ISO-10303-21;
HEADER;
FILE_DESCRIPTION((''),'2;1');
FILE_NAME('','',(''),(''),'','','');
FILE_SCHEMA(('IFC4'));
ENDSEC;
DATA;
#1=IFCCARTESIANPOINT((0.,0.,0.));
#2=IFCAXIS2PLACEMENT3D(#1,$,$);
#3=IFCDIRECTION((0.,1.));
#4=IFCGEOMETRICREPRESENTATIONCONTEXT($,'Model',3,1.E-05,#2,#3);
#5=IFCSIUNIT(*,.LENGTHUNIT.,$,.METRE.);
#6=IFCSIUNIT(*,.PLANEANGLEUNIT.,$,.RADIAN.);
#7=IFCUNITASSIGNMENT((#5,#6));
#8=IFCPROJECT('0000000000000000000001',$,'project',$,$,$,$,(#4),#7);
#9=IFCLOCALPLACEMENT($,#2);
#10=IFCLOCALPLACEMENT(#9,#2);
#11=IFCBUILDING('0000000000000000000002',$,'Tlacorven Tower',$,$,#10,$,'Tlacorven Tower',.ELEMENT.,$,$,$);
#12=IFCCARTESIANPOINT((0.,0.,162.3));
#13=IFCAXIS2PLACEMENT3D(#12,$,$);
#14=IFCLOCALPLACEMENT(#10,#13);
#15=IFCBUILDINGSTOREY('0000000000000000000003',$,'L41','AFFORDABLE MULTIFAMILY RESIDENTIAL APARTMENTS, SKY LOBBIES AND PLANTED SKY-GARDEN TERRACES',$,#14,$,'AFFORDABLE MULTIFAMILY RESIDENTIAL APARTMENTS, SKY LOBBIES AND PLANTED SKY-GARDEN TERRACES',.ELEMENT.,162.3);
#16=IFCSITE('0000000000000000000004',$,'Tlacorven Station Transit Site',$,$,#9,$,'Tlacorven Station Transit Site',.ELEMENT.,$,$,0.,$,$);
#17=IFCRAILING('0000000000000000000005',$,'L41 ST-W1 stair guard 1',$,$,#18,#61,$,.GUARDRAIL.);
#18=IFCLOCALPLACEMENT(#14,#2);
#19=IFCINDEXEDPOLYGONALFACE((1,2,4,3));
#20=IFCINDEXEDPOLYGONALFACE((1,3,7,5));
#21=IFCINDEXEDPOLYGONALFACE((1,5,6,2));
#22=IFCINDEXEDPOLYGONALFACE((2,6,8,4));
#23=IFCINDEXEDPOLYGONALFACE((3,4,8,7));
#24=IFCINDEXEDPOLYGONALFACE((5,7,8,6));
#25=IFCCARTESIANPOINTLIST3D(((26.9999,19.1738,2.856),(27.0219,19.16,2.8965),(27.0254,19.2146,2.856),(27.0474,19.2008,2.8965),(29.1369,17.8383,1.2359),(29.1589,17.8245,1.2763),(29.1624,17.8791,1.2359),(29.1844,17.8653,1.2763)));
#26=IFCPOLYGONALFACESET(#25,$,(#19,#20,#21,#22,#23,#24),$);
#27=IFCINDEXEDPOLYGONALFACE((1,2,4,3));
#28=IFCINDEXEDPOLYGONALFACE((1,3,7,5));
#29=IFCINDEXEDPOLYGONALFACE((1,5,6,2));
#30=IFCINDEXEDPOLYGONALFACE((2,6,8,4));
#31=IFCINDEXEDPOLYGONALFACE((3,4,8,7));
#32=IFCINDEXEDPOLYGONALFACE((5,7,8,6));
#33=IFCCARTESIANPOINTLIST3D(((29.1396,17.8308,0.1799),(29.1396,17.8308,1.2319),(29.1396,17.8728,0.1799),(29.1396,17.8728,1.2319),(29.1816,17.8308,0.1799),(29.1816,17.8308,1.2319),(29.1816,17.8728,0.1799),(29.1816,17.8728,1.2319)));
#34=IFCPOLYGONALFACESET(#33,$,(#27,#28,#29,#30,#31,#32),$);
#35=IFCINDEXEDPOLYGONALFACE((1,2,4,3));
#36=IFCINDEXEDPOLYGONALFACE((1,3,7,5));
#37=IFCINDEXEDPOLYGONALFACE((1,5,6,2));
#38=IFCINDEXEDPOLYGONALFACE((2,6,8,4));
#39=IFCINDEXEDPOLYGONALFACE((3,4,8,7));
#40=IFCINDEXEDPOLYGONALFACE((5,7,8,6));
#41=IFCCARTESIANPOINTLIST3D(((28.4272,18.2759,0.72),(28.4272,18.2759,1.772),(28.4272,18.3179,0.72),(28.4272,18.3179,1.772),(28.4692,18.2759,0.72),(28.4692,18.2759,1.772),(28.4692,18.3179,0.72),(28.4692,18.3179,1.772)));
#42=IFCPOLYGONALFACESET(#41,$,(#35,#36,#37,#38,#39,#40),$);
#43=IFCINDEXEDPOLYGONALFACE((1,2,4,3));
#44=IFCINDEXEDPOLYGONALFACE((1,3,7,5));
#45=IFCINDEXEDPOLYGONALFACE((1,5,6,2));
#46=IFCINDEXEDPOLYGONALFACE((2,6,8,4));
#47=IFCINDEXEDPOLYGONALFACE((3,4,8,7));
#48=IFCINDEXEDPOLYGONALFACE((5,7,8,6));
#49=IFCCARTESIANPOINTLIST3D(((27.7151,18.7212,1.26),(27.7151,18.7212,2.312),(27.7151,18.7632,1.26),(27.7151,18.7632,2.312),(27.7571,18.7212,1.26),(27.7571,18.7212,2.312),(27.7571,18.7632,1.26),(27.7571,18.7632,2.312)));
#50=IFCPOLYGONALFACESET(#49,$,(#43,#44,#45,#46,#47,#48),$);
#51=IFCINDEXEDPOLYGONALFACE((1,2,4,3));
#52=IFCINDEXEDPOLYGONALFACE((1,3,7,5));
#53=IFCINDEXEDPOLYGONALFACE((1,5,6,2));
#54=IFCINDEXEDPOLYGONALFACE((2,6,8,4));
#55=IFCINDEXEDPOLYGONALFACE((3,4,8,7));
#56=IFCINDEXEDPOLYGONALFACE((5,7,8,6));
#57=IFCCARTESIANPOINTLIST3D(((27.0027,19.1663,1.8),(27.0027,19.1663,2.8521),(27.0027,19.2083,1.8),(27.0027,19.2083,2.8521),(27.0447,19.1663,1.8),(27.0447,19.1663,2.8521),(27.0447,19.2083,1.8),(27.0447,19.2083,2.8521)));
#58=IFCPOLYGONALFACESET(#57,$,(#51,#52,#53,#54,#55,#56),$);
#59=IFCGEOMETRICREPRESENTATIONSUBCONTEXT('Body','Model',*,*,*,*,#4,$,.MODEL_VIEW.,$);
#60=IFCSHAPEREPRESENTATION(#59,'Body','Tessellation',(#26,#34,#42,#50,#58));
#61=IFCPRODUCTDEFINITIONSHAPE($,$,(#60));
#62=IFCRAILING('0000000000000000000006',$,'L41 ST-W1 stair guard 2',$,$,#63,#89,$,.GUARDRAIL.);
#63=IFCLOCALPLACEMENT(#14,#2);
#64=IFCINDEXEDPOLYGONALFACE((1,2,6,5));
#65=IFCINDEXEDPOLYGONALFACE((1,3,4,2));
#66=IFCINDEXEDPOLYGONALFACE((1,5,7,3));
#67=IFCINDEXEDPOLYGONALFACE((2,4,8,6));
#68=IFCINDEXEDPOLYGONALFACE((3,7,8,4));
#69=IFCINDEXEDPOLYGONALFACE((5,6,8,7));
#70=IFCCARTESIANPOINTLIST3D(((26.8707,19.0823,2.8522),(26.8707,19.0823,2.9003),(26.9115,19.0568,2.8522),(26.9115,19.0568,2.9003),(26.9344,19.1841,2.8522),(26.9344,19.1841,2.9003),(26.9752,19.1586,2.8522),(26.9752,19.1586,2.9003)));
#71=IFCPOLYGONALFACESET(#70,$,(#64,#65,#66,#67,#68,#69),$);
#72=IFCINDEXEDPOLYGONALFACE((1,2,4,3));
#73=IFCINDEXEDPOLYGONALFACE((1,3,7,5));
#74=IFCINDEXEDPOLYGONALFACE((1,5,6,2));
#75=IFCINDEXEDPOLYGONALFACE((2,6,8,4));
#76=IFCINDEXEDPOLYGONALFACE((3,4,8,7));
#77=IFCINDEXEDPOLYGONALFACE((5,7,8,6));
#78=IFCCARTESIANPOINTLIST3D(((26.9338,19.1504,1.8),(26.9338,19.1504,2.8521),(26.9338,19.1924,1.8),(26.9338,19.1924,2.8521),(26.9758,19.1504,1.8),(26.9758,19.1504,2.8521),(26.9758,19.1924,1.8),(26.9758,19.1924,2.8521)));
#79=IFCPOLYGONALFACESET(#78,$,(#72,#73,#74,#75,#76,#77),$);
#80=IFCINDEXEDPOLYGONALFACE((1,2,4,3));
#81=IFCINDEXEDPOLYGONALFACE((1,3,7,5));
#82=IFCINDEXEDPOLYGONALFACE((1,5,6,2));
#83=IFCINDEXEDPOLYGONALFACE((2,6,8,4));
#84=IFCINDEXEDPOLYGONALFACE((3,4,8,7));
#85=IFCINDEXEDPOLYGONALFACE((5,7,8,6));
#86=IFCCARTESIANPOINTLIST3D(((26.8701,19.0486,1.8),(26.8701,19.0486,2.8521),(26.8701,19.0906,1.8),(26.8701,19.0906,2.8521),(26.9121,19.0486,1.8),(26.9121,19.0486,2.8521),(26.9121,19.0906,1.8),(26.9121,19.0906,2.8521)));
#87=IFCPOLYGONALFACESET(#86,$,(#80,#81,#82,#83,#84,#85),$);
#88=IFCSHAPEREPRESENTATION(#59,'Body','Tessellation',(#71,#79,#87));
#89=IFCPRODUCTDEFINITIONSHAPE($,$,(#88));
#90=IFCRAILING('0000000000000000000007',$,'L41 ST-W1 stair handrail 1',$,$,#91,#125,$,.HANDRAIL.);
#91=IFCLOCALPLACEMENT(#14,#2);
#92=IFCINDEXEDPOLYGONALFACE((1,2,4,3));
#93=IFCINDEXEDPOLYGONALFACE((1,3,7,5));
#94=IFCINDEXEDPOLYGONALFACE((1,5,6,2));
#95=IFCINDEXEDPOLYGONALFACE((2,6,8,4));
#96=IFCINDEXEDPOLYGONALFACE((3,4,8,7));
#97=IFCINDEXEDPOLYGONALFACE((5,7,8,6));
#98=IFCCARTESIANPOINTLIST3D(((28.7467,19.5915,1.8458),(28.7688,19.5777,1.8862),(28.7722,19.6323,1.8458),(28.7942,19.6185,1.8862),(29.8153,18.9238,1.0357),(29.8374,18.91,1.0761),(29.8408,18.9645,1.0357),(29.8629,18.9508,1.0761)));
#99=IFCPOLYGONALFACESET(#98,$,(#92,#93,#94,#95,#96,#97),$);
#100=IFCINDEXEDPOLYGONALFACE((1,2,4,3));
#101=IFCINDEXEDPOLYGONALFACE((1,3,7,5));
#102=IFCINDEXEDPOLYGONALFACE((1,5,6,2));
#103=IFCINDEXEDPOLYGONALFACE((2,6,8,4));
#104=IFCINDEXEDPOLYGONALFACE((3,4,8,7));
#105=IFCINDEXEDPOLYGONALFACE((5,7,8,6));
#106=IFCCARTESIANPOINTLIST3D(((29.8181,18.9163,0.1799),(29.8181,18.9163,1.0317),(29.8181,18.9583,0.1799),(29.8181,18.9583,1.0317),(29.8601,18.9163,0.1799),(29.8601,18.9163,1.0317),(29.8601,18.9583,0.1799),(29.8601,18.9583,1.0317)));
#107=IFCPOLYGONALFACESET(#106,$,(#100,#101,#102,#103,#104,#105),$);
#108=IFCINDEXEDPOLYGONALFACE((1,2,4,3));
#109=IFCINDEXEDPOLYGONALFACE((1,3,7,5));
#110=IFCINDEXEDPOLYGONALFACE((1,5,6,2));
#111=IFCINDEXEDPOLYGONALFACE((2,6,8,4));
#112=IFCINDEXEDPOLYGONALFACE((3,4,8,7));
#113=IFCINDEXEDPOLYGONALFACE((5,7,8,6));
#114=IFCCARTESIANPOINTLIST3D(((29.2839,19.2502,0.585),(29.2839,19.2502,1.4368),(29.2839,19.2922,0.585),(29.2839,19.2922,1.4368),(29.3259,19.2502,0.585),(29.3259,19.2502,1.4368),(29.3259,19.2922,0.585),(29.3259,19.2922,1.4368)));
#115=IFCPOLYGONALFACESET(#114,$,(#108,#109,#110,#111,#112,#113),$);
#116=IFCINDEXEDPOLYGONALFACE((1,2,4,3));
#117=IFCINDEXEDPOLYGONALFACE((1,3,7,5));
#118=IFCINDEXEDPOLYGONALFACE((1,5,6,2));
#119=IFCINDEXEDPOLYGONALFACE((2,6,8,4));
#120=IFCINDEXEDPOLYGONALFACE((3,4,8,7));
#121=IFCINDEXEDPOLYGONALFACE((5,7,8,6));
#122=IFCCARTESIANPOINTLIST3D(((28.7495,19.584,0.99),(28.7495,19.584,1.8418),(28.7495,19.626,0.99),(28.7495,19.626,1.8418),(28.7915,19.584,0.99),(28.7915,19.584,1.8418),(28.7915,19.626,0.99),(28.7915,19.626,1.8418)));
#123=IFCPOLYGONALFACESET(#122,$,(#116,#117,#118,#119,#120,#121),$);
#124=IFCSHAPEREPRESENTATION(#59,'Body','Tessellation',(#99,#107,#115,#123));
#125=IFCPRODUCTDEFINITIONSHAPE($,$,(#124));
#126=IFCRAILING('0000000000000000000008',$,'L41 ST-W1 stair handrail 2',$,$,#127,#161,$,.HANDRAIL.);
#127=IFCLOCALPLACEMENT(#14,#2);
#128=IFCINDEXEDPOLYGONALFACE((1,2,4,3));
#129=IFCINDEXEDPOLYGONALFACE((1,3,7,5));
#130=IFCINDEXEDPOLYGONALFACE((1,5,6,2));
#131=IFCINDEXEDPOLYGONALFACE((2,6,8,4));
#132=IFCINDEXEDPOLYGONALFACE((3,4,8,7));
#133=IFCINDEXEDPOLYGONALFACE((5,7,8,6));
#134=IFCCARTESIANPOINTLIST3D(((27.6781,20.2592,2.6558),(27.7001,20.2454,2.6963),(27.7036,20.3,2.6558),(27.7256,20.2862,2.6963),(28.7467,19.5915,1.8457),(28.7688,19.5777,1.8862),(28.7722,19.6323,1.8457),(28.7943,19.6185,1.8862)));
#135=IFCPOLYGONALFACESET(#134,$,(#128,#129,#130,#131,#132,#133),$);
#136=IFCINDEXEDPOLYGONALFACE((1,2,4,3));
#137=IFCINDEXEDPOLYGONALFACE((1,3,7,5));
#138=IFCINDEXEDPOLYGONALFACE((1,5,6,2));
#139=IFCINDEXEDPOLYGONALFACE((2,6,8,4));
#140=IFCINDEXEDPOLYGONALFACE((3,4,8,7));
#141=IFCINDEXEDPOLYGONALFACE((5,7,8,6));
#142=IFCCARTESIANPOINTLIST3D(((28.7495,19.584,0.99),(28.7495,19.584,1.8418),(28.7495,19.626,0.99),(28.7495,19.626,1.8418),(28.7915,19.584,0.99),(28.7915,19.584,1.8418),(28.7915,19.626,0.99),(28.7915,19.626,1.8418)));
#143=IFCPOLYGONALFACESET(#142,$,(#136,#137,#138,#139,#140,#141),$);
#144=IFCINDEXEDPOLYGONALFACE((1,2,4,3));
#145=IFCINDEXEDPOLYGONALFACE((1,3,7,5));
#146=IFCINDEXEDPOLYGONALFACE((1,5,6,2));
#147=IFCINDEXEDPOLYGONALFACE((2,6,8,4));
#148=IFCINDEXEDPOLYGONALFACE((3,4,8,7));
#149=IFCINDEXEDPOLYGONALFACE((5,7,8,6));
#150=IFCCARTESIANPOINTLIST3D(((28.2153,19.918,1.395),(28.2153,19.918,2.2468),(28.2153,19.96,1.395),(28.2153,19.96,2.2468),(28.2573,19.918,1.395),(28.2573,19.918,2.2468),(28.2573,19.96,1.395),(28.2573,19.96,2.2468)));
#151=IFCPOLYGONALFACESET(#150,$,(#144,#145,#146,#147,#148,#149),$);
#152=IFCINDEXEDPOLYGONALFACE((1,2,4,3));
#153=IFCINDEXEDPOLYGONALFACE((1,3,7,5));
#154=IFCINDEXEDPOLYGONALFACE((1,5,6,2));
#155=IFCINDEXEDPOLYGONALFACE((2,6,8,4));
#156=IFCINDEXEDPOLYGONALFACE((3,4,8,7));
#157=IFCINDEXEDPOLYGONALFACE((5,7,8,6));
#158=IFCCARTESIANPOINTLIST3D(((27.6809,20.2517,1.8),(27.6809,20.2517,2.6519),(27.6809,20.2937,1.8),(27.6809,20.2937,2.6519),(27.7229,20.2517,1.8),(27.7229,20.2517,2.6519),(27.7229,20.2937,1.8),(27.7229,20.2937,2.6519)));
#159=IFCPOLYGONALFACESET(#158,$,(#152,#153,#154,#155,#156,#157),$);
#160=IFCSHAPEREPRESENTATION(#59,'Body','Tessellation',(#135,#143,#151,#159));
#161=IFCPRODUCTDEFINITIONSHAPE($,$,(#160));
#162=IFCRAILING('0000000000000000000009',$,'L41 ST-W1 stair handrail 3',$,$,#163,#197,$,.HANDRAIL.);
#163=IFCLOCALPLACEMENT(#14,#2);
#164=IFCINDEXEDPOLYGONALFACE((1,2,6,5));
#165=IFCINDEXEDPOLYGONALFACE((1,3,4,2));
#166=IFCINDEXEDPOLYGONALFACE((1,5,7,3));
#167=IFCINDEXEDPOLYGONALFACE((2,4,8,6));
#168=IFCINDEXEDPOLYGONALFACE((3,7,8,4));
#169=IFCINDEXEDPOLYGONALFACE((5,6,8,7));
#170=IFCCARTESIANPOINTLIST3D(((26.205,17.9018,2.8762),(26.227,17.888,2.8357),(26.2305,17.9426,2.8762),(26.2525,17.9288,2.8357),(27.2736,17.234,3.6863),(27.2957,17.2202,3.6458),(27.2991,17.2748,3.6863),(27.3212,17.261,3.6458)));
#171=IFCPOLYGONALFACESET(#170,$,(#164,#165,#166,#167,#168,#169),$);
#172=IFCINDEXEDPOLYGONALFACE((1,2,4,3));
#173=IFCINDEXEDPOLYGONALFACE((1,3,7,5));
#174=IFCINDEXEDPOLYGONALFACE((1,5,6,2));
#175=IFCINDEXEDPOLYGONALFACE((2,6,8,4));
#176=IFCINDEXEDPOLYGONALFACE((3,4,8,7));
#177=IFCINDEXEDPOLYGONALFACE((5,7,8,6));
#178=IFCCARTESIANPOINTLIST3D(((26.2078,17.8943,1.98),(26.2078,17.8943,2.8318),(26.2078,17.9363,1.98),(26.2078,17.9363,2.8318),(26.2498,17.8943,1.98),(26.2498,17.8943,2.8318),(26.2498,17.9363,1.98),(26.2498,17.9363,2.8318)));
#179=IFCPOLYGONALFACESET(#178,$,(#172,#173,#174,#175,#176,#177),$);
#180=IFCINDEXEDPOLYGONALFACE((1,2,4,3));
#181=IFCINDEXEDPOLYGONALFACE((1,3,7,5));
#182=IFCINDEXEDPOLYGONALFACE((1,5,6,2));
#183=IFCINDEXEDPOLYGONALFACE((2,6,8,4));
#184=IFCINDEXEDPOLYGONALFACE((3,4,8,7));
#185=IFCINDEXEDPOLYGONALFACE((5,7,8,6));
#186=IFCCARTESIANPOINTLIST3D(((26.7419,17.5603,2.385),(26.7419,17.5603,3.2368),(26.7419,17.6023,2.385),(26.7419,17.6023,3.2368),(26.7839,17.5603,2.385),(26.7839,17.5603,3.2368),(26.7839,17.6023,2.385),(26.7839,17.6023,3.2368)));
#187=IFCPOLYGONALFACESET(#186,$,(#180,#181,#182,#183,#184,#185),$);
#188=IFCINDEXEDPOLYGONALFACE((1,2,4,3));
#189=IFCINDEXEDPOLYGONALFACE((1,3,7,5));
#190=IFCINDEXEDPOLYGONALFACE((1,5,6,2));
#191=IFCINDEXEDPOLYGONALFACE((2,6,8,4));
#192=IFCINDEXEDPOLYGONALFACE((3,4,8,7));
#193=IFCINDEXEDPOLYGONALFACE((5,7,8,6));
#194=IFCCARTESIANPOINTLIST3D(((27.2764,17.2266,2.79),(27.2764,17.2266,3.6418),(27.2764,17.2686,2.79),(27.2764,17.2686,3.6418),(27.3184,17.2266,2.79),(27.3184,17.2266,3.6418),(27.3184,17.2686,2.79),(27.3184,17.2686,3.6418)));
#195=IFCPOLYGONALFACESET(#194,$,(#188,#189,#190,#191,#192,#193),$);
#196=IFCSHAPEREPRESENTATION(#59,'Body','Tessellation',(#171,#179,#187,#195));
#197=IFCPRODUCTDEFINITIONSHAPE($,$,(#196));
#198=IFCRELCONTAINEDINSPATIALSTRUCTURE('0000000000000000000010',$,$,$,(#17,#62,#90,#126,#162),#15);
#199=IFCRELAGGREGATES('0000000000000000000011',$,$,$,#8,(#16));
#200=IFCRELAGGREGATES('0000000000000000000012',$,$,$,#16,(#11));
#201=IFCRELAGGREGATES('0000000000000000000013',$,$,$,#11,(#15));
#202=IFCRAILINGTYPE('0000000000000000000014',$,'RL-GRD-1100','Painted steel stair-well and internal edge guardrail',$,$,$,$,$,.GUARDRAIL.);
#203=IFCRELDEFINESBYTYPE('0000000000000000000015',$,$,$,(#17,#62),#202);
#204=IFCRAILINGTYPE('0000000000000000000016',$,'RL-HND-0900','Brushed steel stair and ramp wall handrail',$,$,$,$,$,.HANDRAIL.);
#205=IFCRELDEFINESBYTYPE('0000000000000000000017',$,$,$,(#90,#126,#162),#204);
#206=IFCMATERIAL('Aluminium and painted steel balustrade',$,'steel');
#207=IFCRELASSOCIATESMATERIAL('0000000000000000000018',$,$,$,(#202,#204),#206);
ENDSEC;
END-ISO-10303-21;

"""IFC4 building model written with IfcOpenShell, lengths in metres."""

from ifc_helpers import new_model, si_unit, direction, frame, origin, origin_2d, place, context, subcontext, project, spatial, rectangle, extrude, source, transform, mapped, material, type_object, element, save


model = new_model("IFC4")

# Units and contexts
model_context = context("Model", 3, precision=1e-05, world=origin(), true_north=direction((0.0, 1.0)))
body_context = subcontext(model_context, "Body", "Model", "MODEL_VIEW")
ifc_project = project(units=[si_unit("LENGTHUNIT", "METRE"), si_unit("PLANEANGLEUNIT", "RADIAN")], contexts=[model_context])

# Site, building, storey
site_placement = place(None, origin())
site = spatial("IfcSite", under=ifc_project, at=site_placement, Name="Tlacorven Station Transit Site", LongName="Tlacorven Station Transit Site", CompositionType="ELEMENT", RefElevation=0.0)
building_placement = place(site_placement, origin())
building = spatial("IfcBuilding", under=site, at=building_placement, Name="Tlacorven Tower", LongName="Tlacorven Tower", CompositionType="ELEMENT")
storey_placement = place(building_placement, frame((0.0, 0.0, 162.3)))
storey = spatial("IfcBuildingStorey", under=building, at=storey_placement, Name="L41", Description="AFFORDABLE MULTIFAMILY RESIDENTIAL APARTMENTS, SKY LOBBIES AND PLANTED SKY-GARDEN TERRACES", LongName="AFFORDABLE MULTIFAMILY RESIDENTIAL APARTMENTS, SKY LOBBIES AND PLANTED SKY-GARDEN TERRACES", CompositionType="ELEMENT", Elevation=162.3)

# Railings
ifc_material_1 = material(Name="Aluminium and painted steel balustrade", Category="steel")
railing_type_1 = type_object("IfcRailingType", Name="RL-GRD-1100", Description="Painted steel stair-well and internal edge guardrail", PredefinedType="GUARDRAIL", material=ifc_material_1)
shared_shape_1 = source(origin(), body_context, "Body", "SweptSolid", [
    extrude(rectangle(XDim=0.0481, YDim=0.0481, at=origin_2d()), frame((0.0, 0.0, 1.0762), z_axis=(-0.71332, 0.445774, 0.540796), x_axis=(-0.529955, -0.848026, 0.0)), (0.0, 0.0, 1.0), 2.9958),
    extrude(rectangle(XDim=0.042, YDim=0.042, at=origin_2d()), origin(), (0.0, 0.0, 1.0), 1.052),
    extrude(rectangle(XDim=0.042, YDim=0.042, at=origin_2d()), frame((-0.7124, 0.4451, 0.54)), (0.0, 0.0, 1.0), 1.052),
    extrude(rectangle(XDim=0.042, YDim=0.042, at=origin_2d()), frame((-1.4246, 0.8904, 1.0801)), (0.0, 0.0, 1.0), 1.052),
    extrude(rectangle(XDim=0.042, YDim=0.042, at=origin_2d()), frame((-2.137, 1.3354, 1.6201)), (0.0, 0.0, 1.0), 1.052),
])
railing_1_placement = place(storey_placement, frame((29.1606, 17.8518, 0.1799)))
element("IfcRailing", 1, at=railing_1_placement, inside=storey, type_object=railing_type_1, Name="L41 ST-W1 stair guard 1", PredefinedType="GUARDRAIL", context=body_context, shape_type="MappedRepresentation", body=[
    mapped(shared_shape_1, transform((0.0, 0.0, 0.0), scale=1.0)),
])
shared_shape_2 = source(origin(), body_context, "Body", "SweptSolid", [
    extrude(rectangle(XDim=0.0481, YDim=0.0481, at=origin_2d()), frame((0.0, 0.0, 1.0762), z_axis=(-0.530547, -0.847656, 0.0), x_axis=(0.847656, -0.530547, 0.0)), (0.0, 0.0, 1.0), 0.1201),
    extrude(rectangle(XDim=0.042, YDim=0.042, at=origin_2d()), origin(), (0.0, 0.0, 1.0), 1.052),
    extrude(rectangle(XDim=0.042, YDim=0.042, at=origin_2d()), frame((-0.0637, -0.1018, 0.0)), (0.0, 0.0, 1.0), 1.052),
])
railing_2_placement = place(storey_placement, frame((26.9548, 19.1714, 1.8)))
element("IfcRailing", 2, at=railing_2_placement, inside=storey, type_object=railing_type_1, Name="L41 ST-W1 stair guard 2", PredefinedType="GUARDRAIL", context=body_context, shape_type="MappedRepresentation", body=[
    mapped(shared_shape_2, transform((0.0, 0.0, 0.0), scale=1.0)),
])
railing_type_2 = type_object("IfcRailingType", Name="RL-HND-0900", Description="Brushed steel stair and ramp wall handrail", PredefinedType="HANDRAIL", material=ifc_material_1)
shared_shape_3 = source(origin(), body_context, "Body", "SweptSolid", [
    extrude(rectangle(XDim=0.0481, YDim=0.0481, at=origin_2d()), frame((0.0, 0.0, 0.876), z_axis=(-0.71336, 0.445748, 0.540765), x_axis=(-0.529912, -0.848053, 0.0)), (0.0, 0.0, 1.0), 1.498),
    extrude(rectangle(XDim=0.042, YDim=0.042, at=origin_2d()), origin(), (0.0, 0.0, 1.0), 0.8518),
    extrude(rectangle(XDim=0.042, YDim=0.042, at=origin_2d()), frame((-0.5342, 0.334, 0.405)), (0.0, 0.0, 1.0), 0.8518),
    extrude(rectangle(XDim=0.042, YDim=0.042, at=origin_2d()), frame((-1.0686, 0.6677, 0.8101)), (0.0, 0.0, 1.0), 0.8518),
])
for number, where, name in (
    (3, (29.8391, 18.9373, 0.1799), "L41 ST-W1 stair handrail 1"),
    (4, (28.7705, 19.605, 0.99), "L41 ST-W1 stair handrail 2"),
):
    element("IfcRailing", number, at=place(storey_placement, frame(where)), inside=storey, type_object=railing_type_2, Name=name, PredefinedType="HANDRAIL", context=body_context, shape_type="MappedRepresentation", body=[
        mapped(shared_shape_3, transform((0.0, 0.0, 0.0), scale=1.0)),
    ])
shared_shape_4 = source(origin(), body_context, "Body", "SweptSolid", [
    extrude(rectangle(XDim=0.0481, YDim=0.0481, at=origin_2d()), frame((0.0, 0.0, 0.876), z_axis=(0.71336, -0.445748, 0.540765), x_axis=(0.529912, 0.848053, 0.0)), (0.0, 0.0, 1.0), 1.498),
    extrude(rectangle(XDim=0.042, YDim=0.042, at=origin_2d()), origin(), (0.0, 0.0, 1.0), 0.8518),
    extrude(rectangle(XDim=0.042, YDim=0.042, at=origin_2d()), frame((0.5342, -0.334, 0.405)), (0.0, 0.0, 1.0), 0.8518),
    extrude(rectangle(XDim=0.042, YDim=0.042, at=origin_2d()), frame((1.0686, -0.6677, 0.8101)), (0.0, 0.0, 1.0), 0.8518),
])
railing_3_placement = place(storey_placement, frame((26.2288, 17.9153, 1.98)))
element("IfcRailing", 5, at=railing_3_placement, inside=storey, type_object=railing_type_2, Name="L41 ST-W1 stair handrail 3", PredefinedType="HANDRAIL", context=body_context, shape_type="MappedRepresentation", body=[
    mapped(shared_shape_4, transform((0.0, 0.0, 0.0), scale=1.0)),
])

save(model, "model.ifc")
